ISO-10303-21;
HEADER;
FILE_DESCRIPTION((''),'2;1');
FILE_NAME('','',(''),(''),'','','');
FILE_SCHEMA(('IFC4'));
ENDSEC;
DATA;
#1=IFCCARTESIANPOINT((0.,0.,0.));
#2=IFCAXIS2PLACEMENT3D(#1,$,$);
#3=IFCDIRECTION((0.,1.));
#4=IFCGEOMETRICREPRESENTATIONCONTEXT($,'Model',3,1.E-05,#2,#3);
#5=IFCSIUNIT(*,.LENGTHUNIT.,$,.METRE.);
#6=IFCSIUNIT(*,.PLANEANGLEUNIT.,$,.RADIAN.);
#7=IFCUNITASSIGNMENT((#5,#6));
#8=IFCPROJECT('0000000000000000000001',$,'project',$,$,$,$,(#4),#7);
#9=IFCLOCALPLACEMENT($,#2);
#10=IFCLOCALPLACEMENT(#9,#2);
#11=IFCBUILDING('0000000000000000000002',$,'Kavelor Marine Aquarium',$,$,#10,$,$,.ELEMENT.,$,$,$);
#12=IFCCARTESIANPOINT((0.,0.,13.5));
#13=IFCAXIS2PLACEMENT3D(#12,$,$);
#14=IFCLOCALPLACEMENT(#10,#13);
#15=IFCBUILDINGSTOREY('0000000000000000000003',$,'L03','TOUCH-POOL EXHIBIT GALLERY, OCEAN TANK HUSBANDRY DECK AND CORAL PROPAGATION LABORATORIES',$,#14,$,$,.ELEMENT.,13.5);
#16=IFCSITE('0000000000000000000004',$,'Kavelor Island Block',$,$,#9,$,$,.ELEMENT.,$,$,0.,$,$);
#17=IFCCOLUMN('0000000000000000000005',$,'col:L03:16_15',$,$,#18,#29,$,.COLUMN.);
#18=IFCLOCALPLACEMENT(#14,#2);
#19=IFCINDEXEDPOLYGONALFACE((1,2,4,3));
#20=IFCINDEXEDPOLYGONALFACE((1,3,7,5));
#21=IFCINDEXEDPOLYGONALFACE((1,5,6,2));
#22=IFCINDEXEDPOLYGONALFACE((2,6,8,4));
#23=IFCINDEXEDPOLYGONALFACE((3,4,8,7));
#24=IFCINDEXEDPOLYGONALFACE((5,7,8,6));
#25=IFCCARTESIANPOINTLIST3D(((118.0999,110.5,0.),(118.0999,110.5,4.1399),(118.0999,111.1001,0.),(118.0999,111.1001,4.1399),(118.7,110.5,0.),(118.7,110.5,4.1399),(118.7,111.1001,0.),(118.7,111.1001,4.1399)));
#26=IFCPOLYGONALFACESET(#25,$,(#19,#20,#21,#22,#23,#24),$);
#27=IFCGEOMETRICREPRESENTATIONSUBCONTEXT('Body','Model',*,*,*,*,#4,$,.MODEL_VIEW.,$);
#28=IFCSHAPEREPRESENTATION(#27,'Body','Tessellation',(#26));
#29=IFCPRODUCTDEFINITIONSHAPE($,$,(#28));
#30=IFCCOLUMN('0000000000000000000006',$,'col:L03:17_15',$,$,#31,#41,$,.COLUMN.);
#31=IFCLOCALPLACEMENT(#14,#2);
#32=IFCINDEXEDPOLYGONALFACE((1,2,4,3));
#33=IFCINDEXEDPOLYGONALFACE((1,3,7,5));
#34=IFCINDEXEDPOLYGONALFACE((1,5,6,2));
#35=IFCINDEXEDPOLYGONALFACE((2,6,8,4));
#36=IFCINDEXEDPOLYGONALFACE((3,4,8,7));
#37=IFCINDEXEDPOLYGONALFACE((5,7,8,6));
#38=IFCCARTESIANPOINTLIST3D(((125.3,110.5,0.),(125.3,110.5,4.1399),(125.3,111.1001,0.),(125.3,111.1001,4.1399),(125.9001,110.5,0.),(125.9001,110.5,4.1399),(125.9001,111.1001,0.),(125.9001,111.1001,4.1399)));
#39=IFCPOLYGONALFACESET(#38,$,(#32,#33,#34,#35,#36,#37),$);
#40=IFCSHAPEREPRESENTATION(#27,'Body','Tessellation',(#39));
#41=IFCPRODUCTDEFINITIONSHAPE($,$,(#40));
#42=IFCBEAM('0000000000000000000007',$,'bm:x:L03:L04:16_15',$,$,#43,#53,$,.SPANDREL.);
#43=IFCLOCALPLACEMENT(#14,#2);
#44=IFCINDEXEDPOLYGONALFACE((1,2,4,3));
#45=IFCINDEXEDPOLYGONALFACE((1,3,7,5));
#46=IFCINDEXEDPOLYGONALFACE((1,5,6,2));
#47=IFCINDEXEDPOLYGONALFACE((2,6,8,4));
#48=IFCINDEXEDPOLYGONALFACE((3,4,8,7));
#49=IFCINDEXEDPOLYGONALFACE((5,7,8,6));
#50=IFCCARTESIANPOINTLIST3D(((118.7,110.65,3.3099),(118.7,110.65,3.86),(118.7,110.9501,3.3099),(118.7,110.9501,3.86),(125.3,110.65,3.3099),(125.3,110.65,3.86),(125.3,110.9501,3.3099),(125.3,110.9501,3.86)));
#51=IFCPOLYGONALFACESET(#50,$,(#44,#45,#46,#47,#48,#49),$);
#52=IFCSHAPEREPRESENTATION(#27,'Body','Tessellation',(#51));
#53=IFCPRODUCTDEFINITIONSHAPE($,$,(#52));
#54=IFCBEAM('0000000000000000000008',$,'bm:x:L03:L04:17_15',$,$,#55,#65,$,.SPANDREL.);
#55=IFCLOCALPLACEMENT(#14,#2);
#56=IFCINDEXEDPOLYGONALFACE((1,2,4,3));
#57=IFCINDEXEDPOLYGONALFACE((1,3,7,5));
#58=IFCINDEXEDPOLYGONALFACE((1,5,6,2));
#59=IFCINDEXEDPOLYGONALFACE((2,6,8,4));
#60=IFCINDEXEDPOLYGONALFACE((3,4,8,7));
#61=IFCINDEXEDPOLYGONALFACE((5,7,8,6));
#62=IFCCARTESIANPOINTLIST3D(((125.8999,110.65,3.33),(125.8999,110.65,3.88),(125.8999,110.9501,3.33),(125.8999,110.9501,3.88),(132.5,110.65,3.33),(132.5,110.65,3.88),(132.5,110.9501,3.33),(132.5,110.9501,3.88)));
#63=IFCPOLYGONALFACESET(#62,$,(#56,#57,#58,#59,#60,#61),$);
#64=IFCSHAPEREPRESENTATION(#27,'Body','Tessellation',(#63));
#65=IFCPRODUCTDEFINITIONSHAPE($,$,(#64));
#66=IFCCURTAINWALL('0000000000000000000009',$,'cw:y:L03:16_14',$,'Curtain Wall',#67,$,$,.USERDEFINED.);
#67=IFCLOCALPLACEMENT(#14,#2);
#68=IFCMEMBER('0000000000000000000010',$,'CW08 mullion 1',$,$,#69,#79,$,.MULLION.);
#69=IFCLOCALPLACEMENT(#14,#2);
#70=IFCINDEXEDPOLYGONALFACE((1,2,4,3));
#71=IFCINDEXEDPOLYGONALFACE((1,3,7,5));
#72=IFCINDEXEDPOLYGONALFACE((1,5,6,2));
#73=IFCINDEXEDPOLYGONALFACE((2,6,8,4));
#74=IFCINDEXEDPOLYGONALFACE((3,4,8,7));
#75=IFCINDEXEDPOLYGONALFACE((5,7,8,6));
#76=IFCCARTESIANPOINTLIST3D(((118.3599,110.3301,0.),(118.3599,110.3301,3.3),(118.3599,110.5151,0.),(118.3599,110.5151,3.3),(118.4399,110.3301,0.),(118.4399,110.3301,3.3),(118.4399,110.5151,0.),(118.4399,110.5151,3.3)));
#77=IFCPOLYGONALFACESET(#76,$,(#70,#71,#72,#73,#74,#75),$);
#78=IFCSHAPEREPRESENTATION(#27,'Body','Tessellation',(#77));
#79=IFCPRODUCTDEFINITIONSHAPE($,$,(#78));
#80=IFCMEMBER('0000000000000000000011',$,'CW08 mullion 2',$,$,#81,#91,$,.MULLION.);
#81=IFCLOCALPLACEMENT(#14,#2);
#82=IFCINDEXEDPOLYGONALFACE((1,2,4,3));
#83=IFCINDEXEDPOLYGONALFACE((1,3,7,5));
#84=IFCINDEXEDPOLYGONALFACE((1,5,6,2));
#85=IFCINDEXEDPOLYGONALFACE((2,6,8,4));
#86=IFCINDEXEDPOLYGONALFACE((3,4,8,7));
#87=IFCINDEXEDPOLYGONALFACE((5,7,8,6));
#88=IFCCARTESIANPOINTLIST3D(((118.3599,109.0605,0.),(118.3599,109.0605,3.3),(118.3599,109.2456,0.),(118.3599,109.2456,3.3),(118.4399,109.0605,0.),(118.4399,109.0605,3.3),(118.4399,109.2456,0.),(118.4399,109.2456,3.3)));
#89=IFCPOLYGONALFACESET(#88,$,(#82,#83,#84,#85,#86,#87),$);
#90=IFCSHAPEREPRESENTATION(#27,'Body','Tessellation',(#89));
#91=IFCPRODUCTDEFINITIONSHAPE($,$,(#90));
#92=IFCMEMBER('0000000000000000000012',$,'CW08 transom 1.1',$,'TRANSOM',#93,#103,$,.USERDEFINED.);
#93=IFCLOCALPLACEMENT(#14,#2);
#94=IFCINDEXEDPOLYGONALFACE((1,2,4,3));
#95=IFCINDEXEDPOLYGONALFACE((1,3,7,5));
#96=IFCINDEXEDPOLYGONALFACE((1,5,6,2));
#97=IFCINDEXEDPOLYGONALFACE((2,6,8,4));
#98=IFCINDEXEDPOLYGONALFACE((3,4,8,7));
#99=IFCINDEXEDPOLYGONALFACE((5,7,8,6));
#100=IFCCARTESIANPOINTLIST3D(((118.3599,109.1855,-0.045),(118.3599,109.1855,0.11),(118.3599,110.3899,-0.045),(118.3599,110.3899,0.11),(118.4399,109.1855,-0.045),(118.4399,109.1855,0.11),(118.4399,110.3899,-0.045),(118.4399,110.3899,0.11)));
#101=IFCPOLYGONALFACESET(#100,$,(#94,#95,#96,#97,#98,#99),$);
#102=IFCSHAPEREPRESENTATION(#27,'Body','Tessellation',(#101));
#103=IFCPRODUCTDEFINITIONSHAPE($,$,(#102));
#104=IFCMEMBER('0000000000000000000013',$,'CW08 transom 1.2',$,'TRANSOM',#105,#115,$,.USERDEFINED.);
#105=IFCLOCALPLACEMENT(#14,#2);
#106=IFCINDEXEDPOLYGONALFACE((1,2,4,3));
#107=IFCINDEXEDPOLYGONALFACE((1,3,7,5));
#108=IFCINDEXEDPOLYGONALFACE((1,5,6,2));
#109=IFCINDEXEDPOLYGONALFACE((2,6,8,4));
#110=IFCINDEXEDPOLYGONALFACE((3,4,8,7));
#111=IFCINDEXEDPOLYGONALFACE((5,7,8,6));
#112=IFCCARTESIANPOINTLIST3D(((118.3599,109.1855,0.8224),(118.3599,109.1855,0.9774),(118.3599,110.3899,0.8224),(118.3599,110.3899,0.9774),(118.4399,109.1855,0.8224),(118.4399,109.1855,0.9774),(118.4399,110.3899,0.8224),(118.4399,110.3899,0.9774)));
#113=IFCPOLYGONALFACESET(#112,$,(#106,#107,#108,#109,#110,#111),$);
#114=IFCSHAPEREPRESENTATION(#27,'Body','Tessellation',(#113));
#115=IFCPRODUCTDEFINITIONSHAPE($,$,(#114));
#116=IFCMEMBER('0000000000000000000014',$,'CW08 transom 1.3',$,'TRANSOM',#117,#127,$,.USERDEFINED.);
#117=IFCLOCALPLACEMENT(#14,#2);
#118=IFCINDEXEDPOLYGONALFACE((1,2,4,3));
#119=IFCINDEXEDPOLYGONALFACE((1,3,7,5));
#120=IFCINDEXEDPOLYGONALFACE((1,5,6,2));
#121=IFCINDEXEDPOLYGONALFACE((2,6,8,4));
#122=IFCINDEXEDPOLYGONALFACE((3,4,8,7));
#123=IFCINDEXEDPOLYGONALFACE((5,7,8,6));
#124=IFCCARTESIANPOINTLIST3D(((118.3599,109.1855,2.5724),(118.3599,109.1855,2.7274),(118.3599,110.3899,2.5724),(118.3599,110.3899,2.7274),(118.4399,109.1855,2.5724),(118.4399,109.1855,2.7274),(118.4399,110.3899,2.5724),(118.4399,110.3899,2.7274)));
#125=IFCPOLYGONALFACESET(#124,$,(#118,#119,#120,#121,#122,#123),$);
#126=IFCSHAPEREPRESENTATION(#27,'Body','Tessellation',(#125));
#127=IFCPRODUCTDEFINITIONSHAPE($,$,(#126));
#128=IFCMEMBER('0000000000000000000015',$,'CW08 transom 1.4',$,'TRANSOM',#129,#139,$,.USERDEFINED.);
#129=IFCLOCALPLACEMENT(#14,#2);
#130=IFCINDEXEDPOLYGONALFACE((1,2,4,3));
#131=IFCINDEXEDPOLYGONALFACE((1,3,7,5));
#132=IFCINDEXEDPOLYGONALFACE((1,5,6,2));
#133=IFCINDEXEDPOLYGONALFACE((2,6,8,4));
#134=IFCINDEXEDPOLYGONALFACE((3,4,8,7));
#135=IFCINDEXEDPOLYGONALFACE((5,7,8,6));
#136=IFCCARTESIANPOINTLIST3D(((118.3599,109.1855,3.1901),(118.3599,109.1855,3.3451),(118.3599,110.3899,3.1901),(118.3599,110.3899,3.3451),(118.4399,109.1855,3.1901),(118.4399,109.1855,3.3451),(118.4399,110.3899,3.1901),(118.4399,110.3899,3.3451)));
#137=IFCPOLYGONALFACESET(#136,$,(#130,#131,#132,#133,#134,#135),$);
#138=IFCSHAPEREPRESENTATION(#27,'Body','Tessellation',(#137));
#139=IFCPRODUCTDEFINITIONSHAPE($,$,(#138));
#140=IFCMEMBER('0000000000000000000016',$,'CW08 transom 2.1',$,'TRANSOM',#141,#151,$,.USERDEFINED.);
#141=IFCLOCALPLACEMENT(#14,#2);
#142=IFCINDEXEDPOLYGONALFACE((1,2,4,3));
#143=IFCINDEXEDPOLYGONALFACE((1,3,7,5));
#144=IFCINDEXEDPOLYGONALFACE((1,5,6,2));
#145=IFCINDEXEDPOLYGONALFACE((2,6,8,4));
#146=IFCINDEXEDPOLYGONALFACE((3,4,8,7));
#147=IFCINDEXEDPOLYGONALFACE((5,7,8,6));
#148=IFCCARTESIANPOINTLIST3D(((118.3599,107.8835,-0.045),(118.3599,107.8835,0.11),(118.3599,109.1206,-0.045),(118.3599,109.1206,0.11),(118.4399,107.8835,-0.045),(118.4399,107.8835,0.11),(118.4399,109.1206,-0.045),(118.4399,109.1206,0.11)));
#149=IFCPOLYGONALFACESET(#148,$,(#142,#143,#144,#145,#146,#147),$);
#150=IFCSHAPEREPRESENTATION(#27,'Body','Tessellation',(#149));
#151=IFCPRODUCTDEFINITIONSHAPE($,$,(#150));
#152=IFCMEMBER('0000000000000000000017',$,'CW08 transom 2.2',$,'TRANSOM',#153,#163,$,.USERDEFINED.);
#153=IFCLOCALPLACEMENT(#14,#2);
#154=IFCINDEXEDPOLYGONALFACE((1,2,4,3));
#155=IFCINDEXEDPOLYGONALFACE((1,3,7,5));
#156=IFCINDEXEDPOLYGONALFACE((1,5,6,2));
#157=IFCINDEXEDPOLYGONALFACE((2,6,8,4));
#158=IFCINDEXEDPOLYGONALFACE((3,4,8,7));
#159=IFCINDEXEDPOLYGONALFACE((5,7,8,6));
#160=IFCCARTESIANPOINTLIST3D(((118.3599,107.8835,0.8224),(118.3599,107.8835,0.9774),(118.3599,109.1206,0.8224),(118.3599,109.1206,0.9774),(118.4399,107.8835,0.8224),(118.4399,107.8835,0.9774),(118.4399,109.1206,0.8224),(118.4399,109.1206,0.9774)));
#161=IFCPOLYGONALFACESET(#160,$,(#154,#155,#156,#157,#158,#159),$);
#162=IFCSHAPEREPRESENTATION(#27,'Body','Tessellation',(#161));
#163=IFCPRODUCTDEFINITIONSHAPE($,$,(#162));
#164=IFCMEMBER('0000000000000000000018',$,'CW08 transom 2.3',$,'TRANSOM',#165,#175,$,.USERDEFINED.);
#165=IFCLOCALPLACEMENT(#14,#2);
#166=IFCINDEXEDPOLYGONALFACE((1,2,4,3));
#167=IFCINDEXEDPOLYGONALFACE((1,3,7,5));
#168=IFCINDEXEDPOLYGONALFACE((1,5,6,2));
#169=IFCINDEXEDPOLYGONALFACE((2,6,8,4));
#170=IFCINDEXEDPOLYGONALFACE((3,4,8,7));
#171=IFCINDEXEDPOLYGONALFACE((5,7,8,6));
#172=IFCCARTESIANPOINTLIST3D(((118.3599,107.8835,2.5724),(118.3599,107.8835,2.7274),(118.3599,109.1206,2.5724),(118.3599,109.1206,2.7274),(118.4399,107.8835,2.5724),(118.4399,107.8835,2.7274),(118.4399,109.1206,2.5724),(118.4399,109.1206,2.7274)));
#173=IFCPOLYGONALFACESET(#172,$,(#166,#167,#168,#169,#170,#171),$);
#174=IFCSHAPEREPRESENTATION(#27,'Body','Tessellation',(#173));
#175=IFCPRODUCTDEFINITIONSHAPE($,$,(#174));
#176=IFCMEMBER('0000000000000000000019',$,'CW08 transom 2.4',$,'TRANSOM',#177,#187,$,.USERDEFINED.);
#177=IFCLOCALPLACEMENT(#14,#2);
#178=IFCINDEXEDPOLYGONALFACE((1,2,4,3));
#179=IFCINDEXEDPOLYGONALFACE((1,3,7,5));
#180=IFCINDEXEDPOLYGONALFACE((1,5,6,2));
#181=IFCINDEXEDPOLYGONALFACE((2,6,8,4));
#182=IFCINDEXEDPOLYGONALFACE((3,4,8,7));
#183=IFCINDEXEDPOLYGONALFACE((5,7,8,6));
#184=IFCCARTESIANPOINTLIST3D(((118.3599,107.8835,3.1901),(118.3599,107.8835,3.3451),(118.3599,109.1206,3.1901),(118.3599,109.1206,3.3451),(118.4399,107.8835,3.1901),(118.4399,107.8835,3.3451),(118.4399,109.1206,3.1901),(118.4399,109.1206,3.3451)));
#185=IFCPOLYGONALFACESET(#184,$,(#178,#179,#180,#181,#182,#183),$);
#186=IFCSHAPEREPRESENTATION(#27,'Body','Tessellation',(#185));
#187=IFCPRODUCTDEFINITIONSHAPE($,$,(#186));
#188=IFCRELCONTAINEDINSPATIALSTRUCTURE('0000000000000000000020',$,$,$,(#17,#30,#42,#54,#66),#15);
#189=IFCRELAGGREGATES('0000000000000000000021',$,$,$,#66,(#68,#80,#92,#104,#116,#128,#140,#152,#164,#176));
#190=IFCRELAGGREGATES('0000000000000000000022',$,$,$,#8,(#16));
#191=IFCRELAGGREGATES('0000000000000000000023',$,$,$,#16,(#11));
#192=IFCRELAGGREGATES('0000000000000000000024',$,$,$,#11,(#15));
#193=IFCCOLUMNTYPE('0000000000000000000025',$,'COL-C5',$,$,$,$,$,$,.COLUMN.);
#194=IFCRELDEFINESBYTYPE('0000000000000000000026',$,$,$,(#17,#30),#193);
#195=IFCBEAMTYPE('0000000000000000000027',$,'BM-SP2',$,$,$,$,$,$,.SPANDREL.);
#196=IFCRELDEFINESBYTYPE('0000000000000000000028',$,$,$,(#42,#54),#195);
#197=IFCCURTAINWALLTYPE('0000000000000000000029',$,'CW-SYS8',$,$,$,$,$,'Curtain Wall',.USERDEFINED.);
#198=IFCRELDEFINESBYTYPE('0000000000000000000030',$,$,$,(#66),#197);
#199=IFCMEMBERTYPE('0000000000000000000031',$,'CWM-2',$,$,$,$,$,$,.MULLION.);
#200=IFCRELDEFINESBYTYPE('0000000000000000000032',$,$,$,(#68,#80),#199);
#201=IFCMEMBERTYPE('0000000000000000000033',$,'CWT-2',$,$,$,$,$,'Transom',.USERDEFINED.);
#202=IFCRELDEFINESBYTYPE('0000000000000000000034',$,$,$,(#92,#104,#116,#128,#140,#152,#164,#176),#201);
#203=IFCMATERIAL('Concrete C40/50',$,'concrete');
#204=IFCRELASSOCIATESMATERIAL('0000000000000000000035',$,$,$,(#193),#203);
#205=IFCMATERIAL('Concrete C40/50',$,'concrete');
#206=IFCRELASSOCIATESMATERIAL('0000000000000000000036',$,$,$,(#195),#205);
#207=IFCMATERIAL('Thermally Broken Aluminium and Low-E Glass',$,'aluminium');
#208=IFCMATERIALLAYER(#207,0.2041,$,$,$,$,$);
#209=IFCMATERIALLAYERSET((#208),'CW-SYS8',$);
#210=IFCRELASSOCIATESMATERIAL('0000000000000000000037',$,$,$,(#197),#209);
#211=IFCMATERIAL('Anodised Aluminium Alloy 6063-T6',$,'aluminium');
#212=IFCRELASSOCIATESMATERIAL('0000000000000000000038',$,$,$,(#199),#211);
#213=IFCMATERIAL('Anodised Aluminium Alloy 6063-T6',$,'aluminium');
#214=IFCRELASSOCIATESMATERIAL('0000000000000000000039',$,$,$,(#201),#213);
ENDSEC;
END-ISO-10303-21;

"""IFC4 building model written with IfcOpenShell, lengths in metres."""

from ifc_helpers import new_model, si_unit, direction, frame, origin, origin_2d, place, context, subcontext, project, spatial, rectangle, extrude, material, layer, layer_set, material_profile, profile_set, type_object, element, aggregate, save


model = new_model("IFC4")

# Units and contexts
model_context = context("Model", 3, precision=1e-05, world=origin(), true_north=direction((0.0, 1.0)))
body_context = subcontext(model_context, "Body", "Model", "MODEL_VIEW")
ifc_project = project(units=[si_unit("LENGTHUNIT", "METRE"), si_unit("PLANEANGLEUNIT", "RADIAN")], contexts=[model_context])

# Site, building, storey
site_placement = place(None, origin())
site = spatial("IfcSite", under=ifc_project, at=site_placement, Name="Kavelor Island Block", CompositionType="ELEMENT", RefElevation=0.0)
building_placement = place(site_placement, origin())
building = spatial("IfcBuilding", under=site, at=building_placement, Name="Kavelor Marine Aquarium", CompositionType="ELEMENT")
storey_placement = place(building_placement, frame((0.0, 0.0, 13.5)))
storey = spatial("IfcBuildingStorey", under=building, at=storey_placement, Name="L03", Description="TOUCH-POOL EXHIBIT GALLERY, OCEAN TANK HUSBANDRY DECK AND CORAL PROPAGATION LABORATORIES", CompositionType="ELEMENT", Elevation=13.5)

# Columns
ifc_material_1 = material(Name="Concrete C40/50", Category="concrete")
ifc_material_profile_1 = material_profile(ifc_material_1, rectangle(XDim=0.6001, YDim=0.6001, at=origin_2d()), Name="RC-COL 600x600")
ifc_profile_set_1 = profile_set([ifc_material_profile_1], Name="Concrete C40/50")
column_type = type_object("IfcColumnType", Name="COL-C5", PredefinedType="COLUMN", material=ifc_profile_set_1)
for number, where, z_axis, x_axis, name in (
    (1, (118.3999, 110.8, 0.0), (0.0, 0.0, 1.0), (1.0, 0.0, 0.0), "col:L03:16_15"),
    (2, (125.6001, 110.8, 0.0), (0.0, 0.0, 1.0), (1.0, 0.0, 0.0), "col:L03:17_15"),
):
    element("IfcColumn", number, at=place(storey_placement, frame(where, z_axis=z_axis, x_axis=x_axis)), inside=storey, type_object=column_type, Name=name, PredefinedType="COLUMN", context=body_context, shape_type="SweptSolid", body=[
        extrude(rectangle(XDim=0.6001, YDim=0.6001, at=origin_2d()), origin(), (0.0, 0.0, 1.0), 4.1399),
    ])

# Beams
ifc_material_2 = material(Name="Concrete C40/50", Category="concrete")
ifc_material_profile_2 = material_profile(ifc_material_2, rectangle(XDim=0.3, YDim=0.55, at=origin_2d()), Name="RC-SP 300x550")
ifc_profile_set_2 = profile_set([ifc_material_profile_2], Name="Concrete C40/50")
beam_type = type_object("IfcBeamType", Name="BM-SP2", PredefinedType="SPANDREL", material=ifc_profile_set_2)
for number, where, z_axis, x_axis, name in (
    (3, (118.7, 110.8, 3.585), (1.0, 0.0, 0.0), (0.0, 1.0, 0.0), "bm:x:L03:L04:16_15"),
    (4, (125.8999, 110.8, 3.605), (1.0, 0.0, 0.0), (0.0, 1.0, 0.0), "bm:x:L03:L04:17_15"),
):
    element("IfcBeam", number, at=place(storey_placement, frame(where, z_axis=z_axis, x_axis=x_axis)), inside=storey, type_object=beam_type, Name=name, PredefinedType="SPANDREL", context=body_context, shape_type="SweptSolid", body=[
        extrude(rectangle(XDim=0.3, YDim=0.55, at=origin_2d()), origin(), (0.0, 0.0, 1.0), 6.6001),
    ])

# Curtain wall, members
ifc_material_3 = material(Name="Thermally Broken Aluminium and Low-E Glass", Category="aluminium")
ifc_layer_1 = layer(ifc_material_3, 0.2041)
ifc_layer_set_1 = layer_set([ifc_layer_1], Name="CW-SYS8")
curtain_wall_type = type_object("IfcCurtainWallType", Name="CW-SYS8", ElementType="Curtain Wall", PredefinedType="USERDEFINED", material=ifc_layer_set_1)
curtain_wall_placement = place(storey_placement, origin())
curtain_wall = element("IfcCurtainWall", 5, at=curtain_wall_placement, inside=storey, type_object=curtain_wall_type, Name="cw:y:L03:16_14", ObjectType="Curtain Wall", PredefinedType="USERDEFINED")
ifc_material_4 = material(Name="Anodised Aluminium Alloy 6063-T6", Category="aluminium")
ifc_material_profile_3 = material_profile(ifc_material_4, rectangle(XDim=0.0801, YDim=0.1851, at=origin_2d()), Name="CW-MUL 80x185")
ifc_profile_set_3 = profile_set([ifc_material_profile_3], Name="Anodised Aluminium Alloy 6063-T6")
member_type_1 = type_object("IfcMemberType", Name="CWM-2", PredefinedType="MULLION", material=ifc_profile_set_3)
member_1_placement = place(storey_placement, frame((118.3999, 110.4226, 0.0), z_axis=(0.0, 0.0, 1.0), x_axis=(1.0, 0.0, 0.0)))
member_1 = element("IfcMember", 6, at=member_1_placement, type_object=member_type_1, Name="CW08 mullion 1", PredefinedType="MULLION", context=body_context, shape_type="SweptSolid", body=[
    extrude(rectangle(XDim=0.0801, YDim=0.1851, at=origin_2d()), origin(), (0.0, 0.0, 1.0), 3.3),
])
member_2_placement = place(storey_placement, frame((118.3999, 109.1531, 0.0), z_axis=(0.0, 0.0, 1.0), x_axis=(1.0, 0.0, 0.0)))
member_2 = element("IfcMember", 7, at=member_2_placement, type_object=member_type_1, Name="CW08 mullion 2", PredefinedType="MULLION", context=body_context, shape_type="SweptSolid", body=[
    extrude(rectangle(XDim=0.0801, YDim=0.1851, at=origin_2d()), origin(), (0.0, 0.0, 1.0), 3.3),
])
ifc_material_5 = material(Name="Anodised Aluminium Alloy 6063-T6", Category="aluminium")
ifc_material_profile_4 = material_profile(ifc_material_5, rectangle(XDim=0.0801, YDim=0.155, at=origin_2d()), Name="CW-TRN 80x155")
ifc_profile_set_4 = profile_set([ifc_material_profile_4], Name="Anodised Aluminium Alloy 6063-T6")
member_type_2 = type_object("IfcMemberType", Name="CWT-2", ElementType="Transom", PredefinedType="USERDEFINED", material=ifc_profile_set_4)
member_3_placement = place(storey_placement, frame((118.3999, 110.3899, 0.0325), z_axis=(0.0, -1.0, 0.0), x_axis=(1.0, 0.0, 0.0)))
member_3 = element("IfcMember", 8, at=member_3_placement, type_object=member_type_2, Name="CW08 transom 1.1", ObjectType="TRANSOM", PredefinedType="USERDEFINED", context=body_context, shape_type="SweptSolid", body=[
    extrude(rectangle(XDim=0.0801, YDim=0.155, at=origin_2d()), origin(), (0.0, 0.0, 1.0), 1.2043),
])
member_4_placement = place(storey_placement, frame((118.3999, 110.3899, 0.8999), z_axis=(0.0, -1.0, 0.0), x_axis=(1.0, 0.0, 0.0)))
member_4 = element("IfcMember", 9, at=member_4_placement, type_object=member_type_2, Name="CW08 transom 1.2", ObjectType="TRANSOM", PredefinedType="USERDEFINED", context=body_context, shape_type="SweptSolid", body=[
    extrude(rectangle(XDim=0.0801, YDim=0.155, at=origin_2d()), origin(), (0.0, 0.0, 1.0), 1.2043),
])
member_5_placement = place(storey_placement, frame((118.3999, 110.3899, 2.6499), z_axis=(0.0, -1.0, 0.0), x_axis=(1.0, 0.0, 0.0)))
member_5 = element("IfcMember", 10, at=member_5_placement, type_object=member_type_2, Name="CW08 transom 1.3", ObjectType="TRANSOM", PredefinedType="USERDEFINED", context=body_context, shape_type="SweptSolid", body=[
    extrude(rectangle(XDim=0.0801, YDim=0.155, at=origin_2d()), origin(), (0.0, 0.0, 1.0), 1.2043),
])
member_6_placement = place(storey_placement, frame((118.3999, 110.3899, 3.2676), z_axis=(0.0, -1.0, 0.0), x_axis=(1.0, 0.0, 0.0)))
member_6 = element("IfcMember", 11, at=member_6_placement, type_object=member_type_2, Name="CW08 transom 1.4", ObjectType="TRANSOM", PredefinedType="USERDEFINED", context=body_context, shape_type="SweptSolid", body=[
    extrude(rectangle(XDim=0.0801, YDim=0.155, at=origin_2d()), origin(), (0.0, 0.0, 1.0), 1.2043),
])
member_7_placement = place(storey_placement, frame((118.3999, 109.1206, 0.0325), z_axis=(0.0, -1.0, 0.0), x_axis=(1.0, 0.0, 0.0)))
member_7 = element("IfcMember", 12, at=member_7_placement, type_object=member_type_2, Name="CW08 transom 2.1", ObjectType="TRANSOM", PredefinedType="USERDEFINED", context=body_context, shape_type="SweptSolid", body=[
    extrude(rectangle(XDim=0.0801, YDim=0.155, at=origin_2d()), origin(), (0.0, 0.0, 1.0), 1.2371),
])
member_8_placement = place(storey_placement, frame((118.3999, 109.1206, 0.8999), z_axis=(0.0, -1.0, 0.0), x_axis=(1.0, 0.0, 0.0)))
member_8 = element("IfcMember", 13, at=member_8_placement, type_object=member_type_2, Name="CW08 transom 2.2", ObjectType="TRANSOM", PredefinedType="USERDEFINED", context=body_context, shape_type="SweptSolid", body=[
    extrude(rectangle(XDim=0.0801, YDim=0.155, at=origin_2d()), origin(), (0.0, 0.0, 1.0), 1.2371),
])
member_9_placement = place(storey_placement, frame((118.3999, 109.1206, 2.6499), z_axis=(0.0, -1.0, 0.0), x_axis=(1.0, 0.0, 0.0)))
member_9 = element("IfcMember", 14, at=member_9_placement, type_object=member_type_2, Name="CW08 transom 2.3", ObjectType="TRANSOM", PredefinedType="USERDEFINED", context=body_context, shape_type="SweptSolid", body=[
    extrude(rectangle(XDim=0.0801, YDim=0.155, at=origin_2d()), origin(), (0.0, 0.0, 1.0), 1.2371),
])
member_10_placement = place(storey_placement, frame((118.3999, 109.1206, 3.2676), z_axis=(0.0, -1.0, 0.0), x_axis=(1.0, 0.0, 0.0)))
member_10 = element("IfcMember", 15, at=member_10_placement, type_object=member_type_2, Name="CW08 transom 2.4", ObjectType="TRANSOM", PredefinedType="USERDEFINED", context=body_context, shape_type="SweptSolid", body=[
    extrude(rectangle(XDim=0.0801, YDim=0.155, at=origin_2d()), origin(), (0.0, 0.0, 1.0), 1.2371),
])
aggregate(curtain_wall, [member_1, member_2, member_3, member_4, member_5, member_6, member_7, member_8, member_9, member_10])

save(model, "model.ifc")
